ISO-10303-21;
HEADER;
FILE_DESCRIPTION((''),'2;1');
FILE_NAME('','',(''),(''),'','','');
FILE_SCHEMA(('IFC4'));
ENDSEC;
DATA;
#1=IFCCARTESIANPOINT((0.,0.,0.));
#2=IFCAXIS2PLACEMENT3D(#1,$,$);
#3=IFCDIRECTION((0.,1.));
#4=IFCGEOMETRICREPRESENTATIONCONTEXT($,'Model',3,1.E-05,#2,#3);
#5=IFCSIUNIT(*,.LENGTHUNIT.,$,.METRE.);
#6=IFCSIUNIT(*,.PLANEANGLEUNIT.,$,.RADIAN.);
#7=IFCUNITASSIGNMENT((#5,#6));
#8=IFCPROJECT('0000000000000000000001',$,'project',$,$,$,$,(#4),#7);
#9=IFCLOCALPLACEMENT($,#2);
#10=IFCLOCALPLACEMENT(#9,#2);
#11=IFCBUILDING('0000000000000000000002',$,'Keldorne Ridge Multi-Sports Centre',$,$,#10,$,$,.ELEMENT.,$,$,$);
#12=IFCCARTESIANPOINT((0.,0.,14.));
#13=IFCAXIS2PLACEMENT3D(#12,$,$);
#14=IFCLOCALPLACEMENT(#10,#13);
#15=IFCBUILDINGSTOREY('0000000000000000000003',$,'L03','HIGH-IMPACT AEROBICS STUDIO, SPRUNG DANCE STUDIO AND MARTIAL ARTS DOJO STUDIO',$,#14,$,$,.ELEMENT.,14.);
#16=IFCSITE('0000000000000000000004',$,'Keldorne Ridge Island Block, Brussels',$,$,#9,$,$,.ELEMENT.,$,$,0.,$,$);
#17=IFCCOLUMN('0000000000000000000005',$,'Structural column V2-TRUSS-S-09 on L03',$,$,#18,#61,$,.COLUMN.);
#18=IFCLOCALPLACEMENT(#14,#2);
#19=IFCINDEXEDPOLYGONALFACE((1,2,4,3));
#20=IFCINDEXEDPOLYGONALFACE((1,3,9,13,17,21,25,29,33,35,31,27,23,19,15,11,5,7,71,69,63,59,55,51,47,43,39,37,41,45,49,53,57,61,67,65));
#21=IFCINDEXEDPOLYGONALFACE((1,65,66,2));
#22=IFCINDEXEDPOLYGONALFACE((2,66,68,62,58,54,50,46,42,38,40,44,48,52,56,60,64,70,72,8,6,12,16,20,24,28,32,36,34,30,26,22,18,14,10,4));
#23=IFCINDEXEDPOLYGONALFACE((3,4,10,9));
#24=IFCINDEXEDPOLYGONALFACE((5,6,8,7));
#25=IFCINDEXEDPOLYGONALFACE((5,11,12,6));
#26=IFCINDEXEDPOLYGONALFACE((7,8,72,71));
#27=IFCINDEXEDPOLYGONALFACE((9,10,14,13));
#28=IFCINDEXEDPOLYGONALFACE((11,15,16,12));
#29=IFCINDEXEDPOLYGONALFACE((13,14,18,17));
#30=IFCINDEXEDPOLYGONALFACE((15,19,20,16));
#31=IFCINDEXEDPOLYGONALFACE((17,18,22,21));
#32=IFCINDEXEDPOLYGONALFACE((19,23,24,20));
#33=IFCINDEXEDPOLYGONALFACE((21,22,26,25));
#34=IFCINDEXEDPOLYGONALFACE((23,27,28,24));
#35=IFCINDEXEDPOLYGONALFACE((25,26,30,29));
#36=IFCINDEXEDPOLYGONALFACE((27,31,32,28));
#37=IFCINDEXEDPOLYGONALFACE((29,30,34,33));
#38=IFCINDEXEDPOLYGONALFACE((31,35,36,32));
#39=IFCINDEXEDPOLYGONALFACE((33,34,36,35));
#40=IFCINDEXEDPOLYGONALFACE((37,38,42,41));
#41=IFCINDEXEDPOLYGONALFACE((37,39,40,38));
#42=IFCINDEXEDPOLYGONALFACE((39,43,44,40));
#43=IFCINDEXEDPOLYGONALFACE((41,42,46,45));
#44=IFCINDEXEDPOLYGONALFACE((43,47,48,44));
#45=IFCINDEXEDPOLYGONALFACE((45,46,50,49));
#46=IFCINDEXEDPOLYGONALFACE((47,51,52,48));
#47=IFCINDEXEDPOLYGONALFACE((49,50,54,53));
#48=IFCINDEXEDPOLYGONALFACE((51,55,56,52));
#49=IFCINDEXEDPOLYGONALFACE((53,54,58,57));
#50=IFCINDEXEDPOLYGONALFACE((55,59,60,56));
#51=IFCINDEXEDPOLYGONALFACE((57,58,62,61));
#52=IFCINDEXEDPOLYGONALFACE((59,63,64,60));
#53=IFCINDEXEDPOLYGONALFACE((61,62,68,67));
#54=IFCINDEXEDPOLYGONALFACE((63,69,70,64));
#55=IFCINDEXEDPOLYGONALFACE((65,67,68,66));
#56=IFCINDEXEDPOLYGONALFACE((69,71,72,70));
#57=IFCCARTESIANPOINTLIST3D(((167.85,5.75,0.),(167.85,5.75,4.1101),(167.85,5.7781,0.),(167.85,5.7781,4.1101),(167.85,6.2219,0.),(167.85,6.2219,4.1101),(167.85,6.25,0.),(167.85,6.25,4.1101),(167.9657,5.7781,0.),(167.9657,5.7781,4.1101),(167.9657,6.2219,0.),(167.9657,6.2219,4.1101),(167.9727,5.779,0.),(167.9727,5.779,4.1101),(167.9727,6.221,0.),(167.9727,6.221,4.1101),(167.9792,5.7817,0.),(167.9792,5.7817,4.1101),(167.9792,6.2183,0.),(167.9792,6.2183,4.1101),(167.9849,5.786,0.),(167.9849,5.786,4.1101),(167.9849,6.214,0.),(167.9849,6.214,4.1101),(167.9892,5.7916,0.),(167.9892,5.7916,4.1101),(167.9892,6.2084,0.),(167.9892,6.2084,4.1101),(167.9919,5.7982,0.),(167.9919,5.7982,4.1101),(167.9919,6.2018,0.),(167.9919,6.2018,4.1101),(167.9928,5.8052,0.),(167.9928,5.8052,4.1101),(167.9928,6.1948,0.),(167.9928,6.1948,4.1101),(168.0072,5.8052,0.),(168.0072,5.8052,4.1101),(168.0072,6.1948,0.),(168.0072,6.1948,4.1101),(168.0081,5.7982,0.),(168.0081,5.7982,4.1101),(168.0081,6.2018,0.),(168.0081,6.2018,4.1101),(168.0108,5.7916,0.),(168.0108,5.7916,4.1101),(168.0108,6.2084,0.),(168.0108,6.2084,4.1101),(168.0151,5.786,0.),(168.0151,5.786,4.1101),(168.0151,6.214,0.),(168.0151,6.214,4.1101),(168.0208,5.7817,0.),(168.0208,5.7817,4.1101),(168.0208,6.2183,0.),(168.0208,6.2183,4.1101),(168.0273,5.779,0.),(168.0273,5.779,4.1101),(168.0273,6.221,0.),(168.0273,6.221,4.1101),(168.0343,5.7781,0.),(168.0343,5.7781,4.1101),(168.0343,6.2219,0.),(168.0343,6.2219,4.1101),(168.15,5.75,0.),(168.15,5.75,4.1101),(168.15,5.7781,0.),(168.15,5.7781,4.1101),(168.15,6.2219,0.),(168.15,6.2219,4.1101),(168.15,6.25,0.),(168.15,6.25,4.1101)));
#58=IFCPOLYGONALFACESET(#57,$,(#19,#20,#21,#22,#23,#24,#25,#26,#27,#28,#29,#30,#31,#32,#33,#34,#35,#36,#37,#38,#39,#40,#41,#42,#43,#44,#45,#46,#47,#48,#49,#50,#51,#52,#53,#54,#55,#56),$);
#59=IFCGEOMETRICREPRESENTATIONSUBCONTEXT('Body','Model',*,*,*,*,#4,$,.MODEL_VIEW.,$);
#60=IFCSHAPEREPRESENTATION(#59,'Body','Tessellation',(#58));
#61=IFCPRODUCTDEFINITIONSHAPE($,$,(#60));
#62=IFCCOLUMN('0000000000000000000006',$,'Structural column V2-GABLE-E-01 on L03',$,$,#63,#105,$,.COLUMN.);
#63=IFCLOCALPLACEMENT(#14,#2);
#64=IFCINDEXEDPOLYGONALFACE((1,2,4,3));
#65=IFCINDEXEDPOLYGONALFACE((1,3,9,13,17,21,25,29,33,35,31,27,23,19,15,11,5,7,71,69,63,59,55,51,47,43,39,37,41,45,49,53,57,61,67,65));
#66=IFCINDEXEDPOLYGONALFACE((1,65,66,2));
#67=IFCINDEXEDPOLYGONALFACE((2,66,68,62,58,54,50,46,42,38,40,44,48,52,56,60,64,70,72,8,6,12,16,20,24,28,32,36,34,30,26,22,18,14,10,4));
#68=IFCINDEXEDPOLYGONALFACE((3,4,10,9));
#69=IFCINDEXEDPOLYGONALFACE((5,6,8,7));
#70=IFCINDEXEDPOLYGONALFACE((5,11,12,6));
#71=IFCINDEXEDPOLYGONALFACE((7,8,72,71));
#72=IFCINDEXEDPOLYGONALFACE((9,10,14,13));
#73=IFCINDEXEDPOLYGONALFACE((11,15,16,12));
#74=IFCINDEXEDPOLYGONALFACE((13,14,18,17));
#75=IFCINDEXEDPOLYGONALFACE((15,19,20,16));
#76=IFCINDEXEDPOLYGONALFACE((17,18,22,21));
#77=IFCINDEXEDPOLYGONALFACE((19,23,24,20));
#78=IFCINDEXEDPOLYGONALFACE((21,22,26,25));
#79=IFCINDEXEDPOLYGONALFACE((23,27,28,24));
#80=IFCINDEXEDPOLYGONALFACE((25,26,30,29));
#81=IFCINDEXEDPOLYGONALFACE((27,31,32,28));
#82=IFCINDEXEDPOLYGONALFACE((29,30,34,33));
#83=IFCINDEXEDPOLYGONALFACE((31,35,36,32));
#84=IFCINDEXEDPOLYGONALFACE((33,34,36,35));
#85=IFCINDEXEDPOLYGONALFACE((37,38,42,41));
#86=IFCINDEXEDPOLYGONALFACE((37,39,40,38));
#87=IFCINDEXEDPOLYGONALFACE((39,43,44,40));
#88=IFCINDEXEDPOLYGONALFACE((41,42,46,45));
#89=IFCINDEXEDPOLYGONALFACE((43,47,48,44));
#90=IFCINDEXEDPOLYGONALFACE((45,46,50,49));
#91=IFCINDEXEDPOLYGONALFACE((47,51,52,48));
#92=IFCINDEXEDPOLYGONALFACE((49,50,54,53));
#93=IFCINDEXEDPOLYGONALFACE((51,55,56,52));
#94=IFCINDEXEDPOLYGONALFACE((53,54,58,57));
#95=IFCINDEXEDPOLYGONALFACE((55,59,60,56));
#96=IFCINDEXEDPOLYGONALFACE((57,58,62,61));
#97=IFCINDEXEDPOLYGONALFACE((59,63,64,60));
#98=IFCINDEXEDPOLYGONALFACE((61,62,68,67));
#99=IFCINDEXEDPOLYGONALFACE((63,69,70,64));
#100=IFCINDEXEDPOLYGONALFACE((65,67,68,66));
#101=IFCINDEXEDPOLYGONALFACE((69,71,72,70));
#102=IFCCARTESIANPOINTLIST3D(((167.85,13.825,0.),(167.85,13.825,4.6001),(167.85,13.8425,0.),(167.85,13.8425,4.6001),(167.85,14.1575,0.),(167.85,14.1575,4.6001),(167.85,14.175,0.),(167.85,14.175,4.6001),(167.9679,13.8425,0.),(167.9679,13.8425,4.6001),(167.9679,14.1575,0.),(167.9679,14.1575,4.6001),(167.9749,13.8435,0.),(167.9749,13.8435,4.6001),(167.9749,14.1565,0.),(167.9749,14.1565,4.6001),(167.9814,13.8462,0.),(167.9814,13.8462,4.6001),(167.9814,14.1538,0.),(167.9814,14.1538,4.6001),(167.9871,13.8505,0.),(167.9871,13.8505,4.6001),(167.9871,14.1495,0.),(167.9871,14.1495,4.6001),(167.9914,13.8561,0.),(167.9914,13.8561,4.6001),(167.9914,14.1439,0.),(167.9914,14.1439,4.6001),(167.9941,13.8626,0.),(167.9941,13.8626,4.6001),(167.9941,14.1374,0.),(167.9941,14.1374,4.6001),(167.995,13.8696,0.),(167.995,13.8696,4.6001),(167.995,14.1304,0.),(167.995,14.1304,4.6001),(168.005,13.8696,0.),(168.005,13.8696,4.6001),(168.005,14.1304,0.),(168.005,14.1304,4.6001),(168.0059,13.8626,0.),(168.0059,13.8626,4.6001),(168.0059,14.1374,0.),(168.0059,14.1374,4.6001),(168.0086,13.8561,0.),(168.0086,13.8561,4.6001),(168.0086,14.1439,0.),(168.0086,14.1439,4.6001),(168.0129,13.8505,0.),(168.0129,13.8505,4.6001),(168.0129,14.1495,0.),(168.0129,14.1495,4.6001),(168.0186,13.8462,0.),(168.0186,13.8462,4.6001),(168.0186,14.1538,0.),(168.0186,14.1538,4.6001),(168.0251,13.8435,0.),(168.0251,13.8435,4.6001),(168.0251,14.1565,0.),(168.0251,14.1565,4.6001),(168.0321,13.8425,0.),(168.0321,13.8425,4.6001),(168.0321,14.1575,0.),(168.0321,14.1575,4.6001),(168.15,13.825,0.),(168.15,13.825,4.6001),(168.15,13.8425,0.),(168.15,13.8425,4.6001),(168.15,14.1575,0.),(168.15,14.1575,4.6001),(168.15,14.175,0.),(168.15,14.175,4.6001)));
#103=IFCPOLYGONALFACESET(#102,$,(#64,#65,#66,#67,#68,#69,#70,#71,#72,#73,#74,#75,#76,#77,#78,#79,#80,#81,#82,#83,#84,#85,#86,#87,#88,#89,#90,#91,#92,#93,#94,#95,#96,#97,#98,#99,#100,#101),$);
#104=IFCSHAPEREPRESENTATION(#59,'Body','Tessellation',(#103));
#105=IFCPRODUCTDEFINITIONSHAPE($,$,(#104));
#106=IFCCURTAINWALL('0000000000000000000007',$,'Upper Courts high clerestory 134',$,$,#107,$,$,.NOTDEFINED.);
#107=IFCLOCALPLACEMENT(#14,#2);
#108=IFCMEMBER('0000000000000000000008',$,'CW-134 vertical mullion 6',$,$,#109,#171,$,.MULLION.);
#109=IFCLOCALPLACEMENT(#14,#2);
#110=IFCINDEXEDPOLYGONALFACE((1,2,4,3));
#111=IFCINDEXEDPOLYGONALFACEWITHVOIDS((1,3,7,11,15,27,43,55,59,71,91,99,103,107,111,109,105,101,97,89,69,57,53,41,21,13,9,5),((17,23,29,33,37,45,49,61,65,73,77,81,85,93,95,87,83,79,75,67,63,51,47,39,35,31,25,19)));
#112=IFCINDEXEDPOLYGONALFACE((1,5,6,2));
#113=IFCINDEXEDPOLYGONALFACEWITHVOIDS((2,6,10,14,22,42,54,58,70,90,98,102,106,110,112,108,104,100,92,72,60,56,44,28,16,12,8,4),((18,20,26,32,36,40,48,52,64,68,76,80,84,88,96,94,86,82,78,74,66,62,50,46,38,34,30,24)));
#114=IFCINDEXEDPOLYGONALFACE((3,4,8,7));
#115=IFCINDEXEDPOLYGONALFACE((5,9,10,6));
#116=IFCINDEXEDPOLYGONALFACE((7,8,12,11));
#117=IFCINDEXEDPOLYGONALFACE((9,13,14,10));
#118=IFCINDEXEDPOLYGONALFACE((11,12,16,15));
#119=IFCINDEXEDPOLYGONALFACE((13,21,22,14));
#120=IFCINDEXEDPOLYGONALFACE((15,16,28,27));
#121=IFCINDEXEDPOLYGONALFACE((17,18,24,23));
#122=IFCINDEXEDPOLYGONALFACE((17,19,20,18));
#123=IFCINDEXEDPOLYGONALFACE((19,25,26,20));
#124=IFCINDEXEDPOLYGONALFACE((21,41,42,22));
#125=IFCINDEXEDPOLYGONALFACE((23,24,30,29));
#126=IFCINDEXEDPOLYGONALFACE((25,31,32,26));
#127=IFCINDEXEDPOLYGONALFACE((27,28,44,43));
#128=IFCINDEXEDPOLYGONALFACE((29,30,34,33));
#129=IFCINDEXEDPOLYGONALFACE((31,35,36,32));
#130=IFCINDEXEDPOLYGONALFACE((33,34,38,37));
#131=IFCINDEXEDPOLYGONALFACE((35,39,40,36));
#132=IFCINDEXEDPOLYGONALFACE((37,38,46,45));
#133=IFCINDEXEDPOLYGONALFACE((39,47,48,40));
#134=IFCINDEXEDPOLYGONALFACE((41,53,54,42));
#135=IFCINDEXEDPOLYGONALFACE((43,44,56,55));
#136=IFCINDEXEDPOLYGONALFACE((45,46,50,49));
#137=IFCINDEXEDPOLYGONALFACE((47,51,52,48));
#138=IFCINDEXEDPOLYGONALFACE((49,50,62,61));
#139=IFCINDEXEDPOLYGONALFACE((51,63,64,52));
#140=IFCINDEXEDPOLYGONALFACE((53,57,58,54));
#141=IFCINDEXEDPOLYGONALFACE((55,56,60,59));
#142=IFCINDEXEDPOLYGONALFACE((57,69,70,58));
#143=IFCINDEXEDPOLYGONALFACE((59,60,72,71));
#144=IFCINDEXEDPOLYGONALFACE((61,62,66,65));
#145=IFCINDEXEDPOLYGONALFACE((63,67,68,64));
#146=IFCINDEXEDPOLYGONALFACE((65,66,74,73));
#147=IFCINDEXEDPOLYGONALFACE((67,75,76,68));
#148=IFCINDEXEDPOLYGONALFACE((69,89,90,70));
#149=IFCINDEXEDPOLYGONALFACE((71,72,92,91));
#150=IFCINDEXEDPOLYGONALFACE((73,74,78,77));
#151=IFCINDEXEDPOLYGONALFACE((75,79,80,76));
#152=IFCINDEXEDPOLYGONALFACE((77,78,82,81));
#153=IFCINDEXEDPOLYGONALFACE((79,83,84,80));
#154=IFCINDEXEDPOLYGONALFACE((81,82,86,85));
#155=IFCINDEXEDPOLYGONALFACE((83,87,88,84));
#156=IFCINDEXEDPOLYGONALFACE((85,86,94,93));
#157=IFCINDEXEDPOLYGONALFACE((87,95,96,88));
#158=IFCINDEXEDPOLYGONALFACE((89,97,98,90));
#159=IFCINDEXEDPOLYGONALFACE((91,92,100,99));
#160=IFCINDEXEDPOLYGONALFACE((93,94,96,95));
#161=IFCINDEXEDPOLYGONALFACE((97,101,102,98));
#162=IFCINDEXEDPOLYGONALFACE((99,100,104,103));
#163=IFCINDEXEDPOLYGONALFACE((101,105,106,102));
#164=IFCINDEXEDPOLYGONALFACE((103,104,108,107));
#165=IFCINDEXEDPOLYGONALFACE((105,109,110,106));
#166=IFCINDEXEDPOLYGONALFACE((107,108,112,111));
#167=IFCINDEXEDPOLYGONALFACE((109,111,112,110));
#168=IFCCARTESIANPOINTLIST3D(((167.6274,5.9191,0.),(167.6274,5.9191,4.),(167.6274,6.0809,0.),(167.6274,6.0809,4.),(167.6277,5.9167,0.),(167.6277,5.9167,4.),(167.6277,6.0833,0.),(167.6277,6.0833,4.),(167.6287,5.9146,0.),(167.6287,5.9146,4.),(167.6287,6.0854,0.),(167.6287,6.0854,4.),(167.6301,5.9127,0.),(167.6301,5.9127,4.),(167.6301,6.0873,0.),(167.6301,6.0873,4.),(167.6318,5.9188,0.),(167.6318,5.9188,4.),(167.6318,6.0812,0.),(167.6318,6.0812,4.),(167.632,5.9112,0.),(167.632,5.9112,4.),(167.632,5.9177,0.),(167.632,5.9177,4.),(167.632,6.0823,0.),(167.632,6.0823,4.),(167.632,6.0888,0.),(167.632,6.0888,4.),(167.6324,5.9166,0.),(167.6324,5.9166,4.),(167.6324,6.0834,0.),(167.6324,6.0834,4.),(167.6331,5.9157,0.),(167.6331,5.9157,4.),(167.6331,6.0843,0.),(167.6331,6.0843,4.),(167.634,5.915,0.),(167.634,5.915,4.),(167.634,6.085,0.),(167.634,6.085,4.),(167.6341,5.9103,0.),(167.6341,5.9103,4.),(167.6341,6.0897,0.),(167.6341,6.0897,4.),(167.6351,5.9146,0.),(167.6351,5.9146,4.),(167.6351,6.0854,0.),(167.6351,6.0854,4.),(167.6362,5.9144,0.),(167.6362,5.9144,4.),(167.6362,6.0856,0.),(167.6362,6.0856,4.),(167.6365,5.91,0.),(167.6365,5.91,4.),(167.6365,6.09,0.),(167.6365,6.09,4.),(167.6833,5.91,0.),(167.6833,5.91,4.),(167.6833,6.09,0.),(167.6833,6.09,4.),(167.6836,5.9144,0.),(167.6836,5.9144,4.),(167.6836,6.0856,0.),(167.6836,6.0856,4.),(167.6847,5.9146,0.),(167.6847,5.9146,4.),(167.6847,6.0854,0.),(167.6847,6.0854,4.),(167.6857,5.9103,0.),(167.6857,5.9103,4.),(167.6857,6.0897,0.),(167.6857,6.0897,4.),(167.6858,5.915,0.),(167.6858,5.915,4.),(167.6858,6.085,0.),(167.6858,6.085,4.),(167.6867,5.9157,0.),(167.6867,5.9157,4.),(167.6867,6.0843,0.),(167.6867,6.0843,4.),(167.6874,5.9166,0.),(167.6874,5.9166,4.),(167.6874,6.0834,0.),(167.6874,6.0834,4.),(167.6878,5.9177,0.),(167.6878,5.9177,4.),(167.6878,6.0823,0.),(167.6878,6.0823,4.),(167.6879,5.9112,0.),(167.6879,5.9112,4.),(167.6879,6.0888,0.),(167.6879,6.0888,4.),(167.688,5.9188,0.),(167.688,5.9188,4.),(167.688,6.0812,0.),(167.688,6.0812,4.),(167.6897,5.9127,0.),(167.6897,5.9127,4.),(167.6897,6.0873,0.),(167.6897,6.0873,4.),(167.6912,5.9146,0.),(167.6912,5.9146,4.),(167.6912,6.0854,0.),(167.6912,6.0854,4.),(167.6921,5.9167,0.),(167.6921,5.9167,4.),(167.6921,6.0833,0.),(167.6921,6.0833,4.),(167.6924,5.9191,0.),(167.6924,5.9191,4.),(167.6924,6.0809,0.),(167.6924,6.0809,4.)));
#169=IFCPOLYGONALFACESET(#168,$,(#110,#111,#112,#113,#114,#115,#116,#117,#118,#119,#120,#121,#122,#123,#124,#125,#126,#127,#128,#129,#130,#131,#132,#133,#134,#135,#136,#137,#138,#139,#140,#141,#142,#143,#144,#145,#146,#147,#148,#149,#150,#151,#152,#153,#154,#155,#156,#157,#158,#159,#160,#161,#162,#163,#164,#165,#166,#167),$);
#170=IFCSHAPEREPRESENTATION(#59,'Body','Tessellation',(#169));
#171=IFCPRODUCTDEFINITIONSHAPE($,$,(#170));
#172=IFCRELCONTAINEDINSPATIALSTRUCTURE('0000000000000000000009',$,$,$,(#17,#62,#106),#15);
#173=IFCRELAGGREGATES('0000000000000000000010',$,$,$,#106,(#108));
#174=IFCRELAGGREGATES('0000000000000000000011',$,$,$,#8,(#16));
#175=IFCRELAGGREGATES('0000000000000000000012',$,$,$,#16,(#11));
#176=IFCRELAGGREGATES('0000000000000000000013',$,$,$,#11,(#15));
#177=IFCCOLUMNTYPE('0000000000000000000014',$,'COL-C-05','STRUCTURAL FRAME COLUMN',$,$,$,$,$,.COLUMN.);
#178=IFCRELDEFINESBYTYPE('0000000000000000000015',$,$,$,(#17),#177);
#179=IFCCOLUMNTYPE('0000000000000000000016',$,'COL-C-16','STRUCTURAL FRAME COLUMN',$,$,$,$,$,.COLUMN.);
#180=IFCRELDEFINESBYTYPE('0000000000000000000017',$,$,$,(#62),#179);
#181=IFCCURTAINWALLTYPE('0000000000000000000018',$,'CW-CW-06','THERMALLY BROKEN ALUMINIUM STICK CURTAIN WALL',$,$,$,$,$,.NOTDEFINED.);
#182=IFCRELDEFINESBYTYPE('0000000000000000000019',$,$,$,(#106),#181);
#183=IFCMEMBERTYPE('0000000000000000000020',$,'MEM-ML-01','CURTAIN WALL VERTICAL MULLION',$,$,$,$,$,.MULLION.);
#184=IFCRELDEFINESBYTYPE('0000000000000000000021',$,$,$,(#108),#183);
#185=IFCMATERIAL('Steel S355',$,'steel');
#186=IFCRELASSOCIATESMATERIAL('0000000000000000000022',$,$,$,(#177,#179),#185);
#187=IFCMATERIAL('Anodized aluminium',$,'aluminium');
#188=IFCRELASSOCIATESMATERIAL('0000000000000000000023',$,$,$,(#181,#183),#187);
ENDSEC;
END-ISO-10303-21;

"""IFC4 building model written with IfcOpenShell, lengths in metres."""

from ifc_helpers import new_model, si_unit, direction, frame, origin, origin_2d, place, context, subcontext, project, spatial, hollow_rectangle, i_section, extrude, material, material_profile, profile_set, type_object, element, aggregate, save


model = new_model("IFC4")

# Units and contexts
model_context = context("Model", 3, precision=1e-05, world=origin(), true_north=direction((0.0, 1.0)))
body_context = subcontext(model_context, "Body", "Model", "MODEL_VIEW")
ifc_project = project(units=[si_unit("LENGTHUNIT", "METRE"), si_unit("PLANEANGLEUNIT", "RADIAN")], contexts=[model_context])

# Site, building, storey
site_placement = place(None, origin())
site = spatial("IfcSite", under=ifc_project, at=site_placement, Name="Keldorne Ridge Island Block, Brussels", CompositionType="ELEMENT", RefElevation=0.0)
building_placement = place(site_placement, origin())
building = spatial("IfcBuilding", under=site, at=building_placement, Name="Keldorne Ridge Multi-Sports Centre", CompositionType="ELEMENT")
storey_placement = place(building_placement, frame((0.0, 0.0, 14.0)))
storey = spatial("IfcBuildingStorey", under=building, at=storey_placement, Name="L03", Description="HIGH-IMPACT AEROBICS STUDIO, SPRUNG DANCE STUDIO AND MARTIAL ARTS DOJO STUDIO", CompositionType="ELEMENT", Elevation=14.0)

# Columns
ifc_material_1 = material(Name="Steel S355", Category="steel")
ifc_material_profile_1 = material_profile(ifc_material_1, i_section(OverallWidth=0.3, OverallDepth=0.5, WebThickness=0.0144, FlangeThickness=0.0281, FilletRadius=0.0271, at=origin_2d()), Name="HEB 500")
ifc_profile_set_1 = profile_set([ifc_material_profile_1], Name="Steel S355")
column_type_1 = type_object("IfcColumnType", Name="COL-C-05", Description="STRUCTURAL FRAME COLUMN", PredefinedType="COLUMN", material=ifc_profile_set_1)
column_1_placement = place(storey_placement, frame((168.0, 6.0, 0.0), z_axis=(0.0, 0.0, 1.0), x_axis=(1.0, 0.0, 0.0)))
element("IfcColumn", 1, at=column_1_placement, inside=storey, type_object=column_type_1, Name="Structural column V2-TRUSS-S-09 on L03", PredefinedType="COLUMN", context=body_context, shape_type="SweptSolid", body=[
    extrude(i_section(OverallWidth=0.3, OverallDepth=0.5, WebThickness=0.0144, FlangeThickness=0.0281, FilletRadius=0.0271, at=origin_2d()), origin(), (0.0, 0.0, 1.0), 4.1101),
])
ifc_material_profile_2 = material_profile(ifc_material_1, i_section(OverallWidth=0.3, OverallDepth=0.3501, WebThickness=0.01, FlangeThickness=0.0176, FilletRadius=0.0271, at=origin_2d()), Name="HEA 360")
ifc_profile_set_2 = profile_set([ifc_material_profile_2], Name="Steel S355")
column_type_2 = type_object("IfcColumnType", Name="COL-C-16", Description="STRUCTURAL FRAME COLUMN", PredefinedType="COLUMN", material=ifc_profile_set_2)
column_2_placement = place(storey_placement, frame((168.0, 14.0, 0.0), z_axis=(0.0, 0.0, 1.0), x_axis=(1.0, 0.0, 0.0)))
element("IfcColumn", 2, at=column_2_placement, inside=storey, type_object=column_type_2, Name="Structural column V2-GABLE-E-01 on L03", PredefinedType="COLUMN", context=body_context, shape_type="SweptSolid", body=[
    extrude(i_section(OverallWidth=0.3, OverallDepth=0.3501, WebThickness=0.01, FlangeThickness=0.0176, FilletRadius=0.0271, at=origin_2d()), origin(), (0.0, 0.0, 1.0), 4.6001),
])

# Curtain wall, member
ifc_material_2 = material(Name="Anodized aluminium", Category="aluminium")
curtain_wall_type = type_object("IfcCurtainWallType", Name="CW-CW-06", Description="THERMALLY BROKEN ALUMINIUM STICK CURTAIN WALL", PredefinedType="NOTDEFINED", material=ifc_material_2)
curtain_wall_placement = place(storey_placement, origin())
curtain_wall = element("IfcCurtainWall", 3, at=curtain_wall_placement, inside=storey, type_object=curtain_wall_type, Name="Upper Courts high clerestory 134", PredefinedType="NOTDEFINED")
ifc_material_profile_3 = material_profile(ifc_material_2, hollow_rectangle(XDim=0.0649, YDim=0.1799, WallThickness=0.0044, InnerFilletRadius=0.0044, OuterFilletRadius=0.009, at=origin_2d()), Name="ALU MULLION 180x65x4.5")
ifc_profile_set_3 = profile_set([ifc_material_profile_3], Name="Anodized aluminium")
member_type_1 = type_object("IfcMemberType", Name="MEM-ML-01", Description="CURTAIN WALL VERTICAL MULLION", PredefinedType="MULLION", material=ifc_profile_set_3)
member_placement = place(storey_placement, frame((167.6599, 6.0, 0.0), z_axis=(0.0, 0.0, 1.0), x_axis=(1.0, 0.0, 0.0)))
member = element("IfcMember", 4, at=member_placement, type_object=member_type_1, Name="CW-134 vertical mullion 6", PredefinedType="MULLION", context=body_context, shape_type="SweptSolid", body=[
    extrude(hollow_rectangle(XDim=0.0649, YDim=0.1799, WallThickness=0.0044, InnerFilletRadius=0.0044, OuterFilletRadius=0.009, at=origin_2d()), origin(), (0.0, 0.0, 1.0), 4.0),
])

aggregate(curtain_wall, [member])

save(model, "model.ifc")
